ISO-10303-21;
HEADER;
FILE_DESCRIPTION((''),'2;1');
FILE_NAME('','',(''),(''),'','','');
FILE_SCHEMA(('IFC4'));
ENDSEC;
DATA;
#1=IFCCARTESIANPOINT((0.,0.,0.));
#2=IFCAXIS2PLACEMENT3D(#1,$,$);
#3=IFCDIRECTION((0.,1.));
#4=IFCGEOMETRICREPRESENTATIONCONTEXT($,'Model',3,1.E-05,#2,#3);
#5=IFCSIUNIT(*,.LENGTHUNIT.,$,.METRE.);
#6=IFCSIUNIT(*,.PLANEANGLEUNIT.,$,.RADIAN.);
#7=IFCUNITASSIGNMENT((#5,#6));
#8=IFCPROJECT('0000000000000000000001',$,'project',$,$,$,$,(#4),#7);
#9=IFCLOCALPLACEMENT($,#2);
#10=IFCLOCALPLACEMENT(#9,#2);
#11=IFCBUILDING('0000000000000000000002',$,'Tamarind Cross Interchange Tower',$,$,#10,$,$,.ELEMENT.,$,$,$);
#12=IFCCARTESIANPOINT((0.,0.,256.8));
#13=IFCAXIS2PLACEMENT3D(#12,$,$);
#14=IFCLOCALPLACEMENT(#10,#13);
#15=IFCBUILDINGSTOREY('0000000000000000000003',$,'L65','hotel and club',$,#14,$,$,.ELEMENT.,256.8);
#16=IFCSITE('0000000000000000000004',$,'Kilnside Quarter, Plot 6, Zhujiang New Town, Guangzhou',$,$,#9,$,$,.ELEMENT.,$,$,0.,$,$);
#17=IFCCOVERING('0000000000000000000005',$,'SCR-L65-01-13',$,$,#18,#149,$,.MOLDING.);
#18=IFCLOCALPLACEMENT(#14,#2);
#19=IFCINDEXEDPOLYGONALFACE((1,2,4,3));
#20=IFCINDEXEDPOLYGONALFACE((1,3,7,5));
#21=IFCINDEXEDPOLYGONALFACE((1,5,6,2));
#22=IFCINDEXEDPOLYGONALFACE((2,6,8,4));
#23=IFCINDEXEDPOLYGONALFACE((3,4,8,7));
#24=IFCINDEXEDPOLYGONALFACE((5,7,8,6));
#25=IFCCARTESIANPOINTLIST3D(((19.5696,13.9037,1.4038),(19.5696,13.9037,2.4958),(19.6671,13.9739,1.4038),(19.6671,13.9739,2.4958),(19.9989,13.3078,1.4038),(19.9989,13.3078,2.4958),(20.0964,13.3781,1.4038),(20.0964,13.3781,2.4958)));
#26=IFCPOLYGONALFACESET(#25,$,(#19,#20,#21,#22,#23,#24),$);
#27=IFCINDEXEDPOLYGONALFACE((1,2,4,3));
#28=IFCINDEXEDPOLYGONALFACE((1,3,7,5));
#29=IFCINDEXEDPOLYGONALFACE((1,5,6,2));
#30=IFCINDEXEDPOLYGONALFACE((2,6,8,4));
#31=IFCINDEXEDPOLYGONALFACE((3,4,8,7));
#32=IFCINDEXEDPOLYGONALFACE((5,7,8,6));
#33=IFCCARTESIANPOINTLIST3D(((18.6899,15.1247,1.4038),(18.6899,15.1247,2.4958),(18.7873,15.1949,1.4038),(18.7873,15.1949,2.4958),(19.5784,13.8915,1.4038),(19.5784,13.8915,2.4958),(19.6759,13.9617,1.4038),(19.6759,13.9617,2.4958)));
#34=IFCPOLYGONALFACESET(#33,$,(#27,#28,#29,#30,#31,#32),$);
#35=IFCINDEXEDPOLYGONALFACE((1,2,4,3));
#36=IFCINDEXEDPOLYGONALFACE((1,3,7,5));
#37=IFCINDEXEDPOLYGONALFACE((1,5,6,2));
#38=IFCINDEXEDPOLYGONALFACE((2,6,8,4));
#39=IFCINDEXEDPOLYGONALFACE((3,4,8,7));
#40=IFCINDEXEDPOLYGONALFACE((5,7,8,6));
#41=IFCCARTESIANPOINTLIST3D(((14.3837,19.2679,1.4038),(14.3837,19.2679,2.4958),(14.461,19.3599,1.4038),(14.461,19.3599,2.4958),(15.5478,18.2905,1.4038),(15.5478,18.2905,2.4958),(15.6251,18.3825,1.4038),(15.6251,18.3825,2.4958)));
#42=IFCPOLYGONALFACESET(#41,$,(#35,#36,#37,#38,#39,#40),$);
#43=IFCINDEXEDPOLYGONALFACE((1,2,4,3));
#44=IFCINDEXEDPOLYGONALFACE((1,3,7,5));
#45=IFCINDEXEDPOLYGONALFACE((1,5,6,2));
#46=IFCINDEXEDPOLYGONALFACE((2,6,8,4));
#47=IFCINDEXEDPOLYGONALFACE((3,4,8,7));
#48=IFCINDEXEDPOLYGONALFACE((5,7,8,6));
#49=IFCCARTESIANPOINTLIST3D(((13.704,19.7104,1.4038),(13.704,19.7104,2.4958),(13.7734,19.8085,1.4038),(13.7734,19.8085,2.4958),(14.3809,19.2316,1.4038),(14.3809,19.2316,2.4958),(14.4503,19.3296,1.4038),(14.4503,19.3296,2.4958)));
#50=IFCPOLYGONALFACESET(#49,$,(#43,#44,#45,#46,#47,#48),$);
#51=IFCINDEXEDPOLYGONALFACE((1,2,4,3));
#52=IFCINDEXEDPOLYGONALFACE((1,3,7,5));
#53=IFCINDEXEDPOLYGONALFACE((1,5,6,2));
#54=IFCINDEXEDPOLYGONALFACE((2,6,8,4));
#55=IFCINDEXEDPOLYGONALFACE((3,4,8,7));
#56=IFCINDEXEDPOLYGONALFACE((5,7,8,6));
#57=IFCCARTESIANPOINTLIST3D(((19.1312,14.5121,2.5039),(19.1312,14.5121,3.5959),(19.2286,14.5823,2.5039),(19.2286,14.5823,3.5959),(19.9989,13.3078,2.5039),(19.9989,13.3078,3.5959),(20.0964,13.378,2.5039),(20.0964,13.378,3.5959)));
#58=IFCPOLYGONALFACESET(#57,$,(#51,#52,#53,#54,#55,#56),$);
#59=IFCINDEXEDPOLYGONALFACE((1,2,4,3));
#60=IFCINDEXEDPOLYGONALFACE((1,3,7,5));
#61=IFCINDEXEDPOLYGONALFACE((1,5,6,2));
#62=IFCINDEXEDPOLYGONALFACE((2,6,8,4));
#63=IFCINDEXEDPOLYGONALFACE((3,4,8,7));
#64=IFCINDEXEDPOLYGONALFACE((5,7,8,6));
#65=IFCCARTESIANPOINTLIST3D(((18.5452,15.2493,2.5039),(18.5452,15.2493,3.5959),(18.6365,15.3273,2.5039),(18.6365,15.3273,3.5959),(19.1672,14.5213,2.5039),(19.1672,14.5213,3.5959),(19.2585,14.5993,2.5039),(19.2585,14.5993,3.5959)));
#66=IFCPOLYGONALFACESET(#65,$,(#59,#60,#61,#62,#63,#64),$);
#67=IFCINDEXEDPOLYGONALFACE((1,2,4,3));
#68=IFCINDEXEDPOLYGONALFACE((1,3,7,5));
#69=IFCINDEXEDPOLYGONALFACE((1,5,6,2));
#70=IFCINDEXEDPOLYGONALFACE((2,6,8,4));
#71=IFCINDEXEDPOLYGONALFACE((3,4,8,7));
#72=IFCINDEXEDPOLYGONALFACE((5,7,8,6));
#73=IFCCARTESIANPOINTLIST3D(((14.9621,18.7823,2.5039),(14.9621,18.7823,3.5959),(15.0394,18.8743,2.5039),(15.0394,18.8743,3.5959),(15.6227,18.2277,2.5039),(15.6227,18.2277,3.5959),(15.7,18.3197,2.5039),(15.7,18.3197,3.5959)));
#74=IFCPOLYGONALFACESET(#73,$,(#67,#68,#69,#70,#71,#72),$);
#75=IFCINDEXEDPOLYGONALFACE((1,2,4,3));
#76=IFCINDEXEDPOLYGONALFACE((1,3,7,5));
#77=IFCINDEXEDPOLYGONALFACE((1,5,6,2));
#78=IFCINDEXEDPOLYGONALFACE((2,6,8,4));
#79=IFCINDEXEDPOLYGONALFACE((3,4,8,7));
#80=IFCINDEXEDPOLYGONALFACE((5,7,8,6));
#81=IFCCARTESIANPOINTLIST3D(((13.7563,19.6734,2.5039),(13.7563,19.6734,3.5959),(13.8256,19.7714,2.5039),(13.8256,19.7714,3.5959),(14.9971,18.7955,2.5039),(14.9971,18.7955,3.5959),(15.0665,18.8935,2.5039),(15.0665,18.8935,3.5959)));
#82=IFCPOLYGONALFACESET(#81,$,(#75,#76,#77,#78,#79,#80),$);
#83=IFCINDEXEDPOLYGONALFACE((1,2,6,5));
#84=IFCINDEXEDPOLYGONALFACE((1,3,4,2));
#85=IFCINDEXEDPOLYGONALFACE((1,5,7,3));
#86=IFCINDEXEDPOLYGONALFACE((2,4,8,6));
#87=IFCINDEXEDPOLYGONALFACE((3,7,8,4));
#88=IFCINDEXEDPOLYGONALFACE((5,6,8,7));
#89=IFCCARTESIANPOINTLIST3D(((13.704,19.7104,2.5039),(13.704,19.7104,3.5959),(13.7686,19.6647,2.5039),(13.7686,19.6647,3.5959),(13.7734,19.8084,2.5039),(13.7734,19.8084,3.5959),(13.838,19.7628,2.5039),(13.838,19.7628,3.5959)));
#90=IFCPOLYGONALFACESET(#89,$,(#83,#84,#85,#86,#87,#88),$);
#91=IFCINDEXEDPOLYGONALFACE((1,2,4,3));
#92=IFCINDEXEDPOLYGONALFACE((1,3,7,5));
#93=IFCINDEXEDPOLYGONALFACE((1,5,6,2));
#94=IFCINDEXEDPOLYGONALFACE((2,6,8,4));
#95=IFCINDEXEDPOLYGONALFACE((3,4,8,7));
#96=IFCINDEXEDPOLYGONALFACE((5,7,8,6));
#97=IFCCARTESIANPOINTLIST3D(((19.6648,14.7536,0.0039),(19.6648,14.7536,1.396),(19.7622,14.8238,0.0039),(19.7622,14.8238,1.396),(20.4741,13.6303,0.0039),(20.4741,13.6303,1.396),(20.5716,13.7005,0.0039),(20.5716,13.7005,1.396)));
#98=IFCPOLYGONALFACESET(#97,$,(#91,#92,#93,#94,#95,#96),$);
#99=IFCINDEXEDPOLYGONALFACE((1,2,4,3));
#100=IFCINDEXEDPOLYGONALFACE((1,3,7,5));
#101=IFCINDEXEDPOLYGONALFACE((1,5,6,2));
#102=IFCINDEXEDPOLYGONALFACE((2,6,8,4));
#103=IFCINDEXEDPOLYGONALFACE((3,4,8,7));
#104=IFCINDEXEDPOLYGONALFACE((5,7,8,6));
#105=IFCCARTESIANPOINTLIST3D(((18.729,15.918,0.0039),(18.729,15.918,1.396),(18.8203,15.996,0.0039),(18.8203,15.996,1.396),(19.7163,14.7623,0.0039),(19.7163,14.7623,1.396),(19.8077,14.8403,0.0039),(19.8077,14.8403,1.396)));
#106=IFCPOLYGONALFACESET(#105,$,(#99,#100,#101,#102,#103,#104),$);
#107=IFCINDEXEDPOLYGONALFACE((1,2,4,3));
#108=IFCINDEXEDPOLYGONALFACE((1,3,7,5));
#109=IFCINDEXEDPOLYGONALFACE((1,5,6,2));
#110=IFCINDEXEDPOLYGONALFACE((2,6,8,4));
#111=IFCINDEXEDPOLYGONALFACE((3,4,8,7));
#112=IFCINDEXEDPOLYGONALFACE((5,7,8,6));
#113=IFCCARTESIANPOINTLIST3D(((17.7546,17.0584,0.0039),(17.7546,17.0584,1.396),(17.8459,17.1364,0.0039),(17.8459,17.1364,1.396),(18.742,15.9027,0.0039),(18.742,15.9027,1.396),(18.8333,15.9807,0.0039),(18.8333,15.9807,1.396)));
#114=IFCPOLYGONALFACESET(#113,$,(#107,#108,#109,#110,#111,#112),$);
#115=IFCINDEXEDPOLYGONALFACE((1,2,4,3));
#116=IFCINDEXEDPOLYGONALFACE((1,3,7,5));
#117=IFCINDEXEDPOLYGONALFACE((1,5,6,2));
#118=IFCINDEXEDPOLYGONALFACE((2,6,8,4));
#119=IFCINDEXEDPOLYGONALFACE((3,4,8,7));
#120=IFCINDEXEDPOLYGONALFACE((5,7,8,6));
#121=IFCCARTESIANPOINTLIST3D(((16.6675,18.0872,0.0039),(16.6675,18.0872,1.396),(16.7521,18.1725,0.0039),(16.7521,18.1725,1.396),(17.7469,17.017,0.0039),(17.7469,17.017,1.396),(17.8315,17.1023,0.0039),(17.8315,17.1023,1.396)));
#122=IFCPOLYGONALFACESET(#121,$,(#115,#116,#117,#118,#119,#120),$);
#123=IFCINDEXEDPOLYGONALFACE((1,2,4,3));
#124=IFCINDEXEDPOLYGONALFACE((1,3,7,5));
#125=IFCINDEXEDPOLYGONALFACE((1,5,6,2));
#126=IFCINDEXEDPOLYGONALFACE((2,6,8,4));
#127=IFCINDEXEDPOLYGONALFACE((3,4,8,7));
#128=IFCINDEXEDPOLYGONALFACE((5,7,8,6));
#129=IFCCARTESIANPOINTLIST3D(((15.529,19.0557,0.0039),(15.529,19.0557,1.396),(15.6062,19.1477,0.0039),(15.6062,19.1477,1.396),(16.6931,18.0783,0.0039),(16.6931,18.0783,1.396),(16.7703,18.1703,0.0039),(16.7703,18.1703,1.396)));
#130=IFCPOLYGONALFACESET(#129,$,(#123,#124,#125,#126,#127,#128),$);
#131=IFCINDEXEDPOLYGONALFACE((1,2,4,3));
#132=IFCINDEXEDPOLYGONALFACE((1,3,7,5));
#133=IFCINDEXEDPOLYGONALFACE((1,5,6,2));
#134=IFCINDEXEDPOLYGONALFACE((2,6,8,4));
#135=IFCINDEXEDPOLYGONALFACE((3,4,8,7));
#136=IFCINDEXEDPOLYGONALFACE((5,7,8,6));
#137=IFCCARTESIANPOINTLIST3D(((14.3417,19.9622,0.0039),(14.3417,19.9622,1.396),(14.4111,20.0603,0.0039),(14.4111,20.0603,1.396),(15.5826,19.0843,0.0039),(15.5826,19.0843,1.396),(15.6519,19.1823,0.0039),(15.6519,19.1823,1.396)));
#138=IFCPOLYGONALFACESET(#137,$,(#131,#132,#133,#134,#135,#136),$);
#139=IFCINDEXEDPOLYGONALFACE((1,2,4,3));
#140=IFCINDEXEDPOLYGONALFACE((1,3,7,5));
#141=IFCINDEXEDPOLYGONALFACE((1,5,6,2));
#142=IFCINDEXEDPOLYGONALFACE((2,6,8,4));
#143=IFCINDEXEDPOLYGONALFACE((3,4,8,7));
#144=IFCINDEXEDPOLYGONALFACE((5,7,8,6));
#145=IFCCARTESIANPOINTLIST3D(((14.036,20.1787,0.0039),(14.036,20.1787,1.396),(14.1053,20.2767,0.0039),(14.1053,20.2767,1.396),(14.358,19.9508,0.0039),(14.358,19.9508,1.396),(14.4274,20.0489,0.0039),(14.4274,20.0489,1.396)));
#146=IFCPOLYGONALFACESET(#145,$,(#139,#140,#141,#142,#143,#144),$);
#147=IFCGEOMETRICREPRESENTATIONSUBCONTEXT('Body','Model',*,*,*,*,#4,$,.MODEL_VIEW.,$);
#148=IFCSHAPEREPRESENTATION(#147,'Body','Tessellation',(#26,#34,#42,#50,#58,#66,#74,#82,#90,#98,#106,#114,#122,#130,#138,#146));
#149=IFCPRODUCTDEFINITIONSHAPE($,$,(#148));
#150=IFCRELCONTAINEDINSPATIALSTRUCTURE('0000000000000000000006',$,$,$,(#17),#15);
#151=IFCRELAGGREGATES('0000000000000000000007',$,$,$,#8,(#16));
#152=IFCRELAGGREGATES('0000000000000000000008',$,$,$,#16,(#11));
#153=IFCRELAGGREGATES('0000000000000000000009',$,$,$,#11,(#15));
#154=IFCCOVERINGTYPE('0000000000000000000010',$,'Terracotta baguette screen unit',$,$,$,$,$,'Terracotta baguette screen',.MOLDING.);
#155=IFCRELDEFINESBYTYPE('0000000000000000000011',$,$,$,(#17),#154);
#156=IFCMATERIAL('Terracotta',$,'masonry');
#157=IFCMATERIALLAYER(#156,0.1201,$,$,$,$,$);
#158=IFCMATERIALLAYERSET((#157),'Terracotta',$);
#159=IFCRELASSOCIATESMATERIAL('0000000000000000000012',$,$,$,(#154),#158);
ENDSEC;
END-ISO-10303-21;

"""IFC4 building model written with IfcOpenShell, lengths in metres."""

from ifc_helpers import new_model, si_unit, direction, frame, origin, origin_2d, place, context, subcontext, project, spatial, rectangle, extrude, material, layer, layer_set, type_object, element, save


model = new_model("IFC4")

# Units and contexts
model_context = context("Model", 3, precision=1e-05, world=origin(), true_north=direction((0.0, 1.0)))
body_context = subcontext(model_context, "Body", "Model", "MODEL_VIEW")
ifc_project = project(units=[si_unit("LENGTHUNIT", "METRE"), si_unit("PLANEANGLEUNIT", "RADIAN")], contexts=[model_context])

# Site, building, storey
site_placement = place(None, origin())
site = spatial("IfcSite", under=ifc_project, at=site_placement, Name="Kilnside Quarter, Plot 6, Zhujiang New Town, Guangzhou", CompositionType="ELEMENT", RefElevation=0.0)
building_placement = place(site_placement, origin())
building = spatial("IfcBuilding", under=site, at=building_placement, Name="Tamarind Cross Interchange Tower", CompositionType="ELEMENT")
storey_placement = place(building_placement, frame((0.0, 0.0, 256.8)))
storey = spatial("IfcBuildingStorey", under=building, at=storey_placement, Name="L65", Description="hotel and club", CompositionType="ELEMENT", Elevation=256.8)

# Covering
ifc_material_1 = material(Name="Terracotta", Category="masonry")
ifc_layer_1 = layer(ifc_material_1, 0.1201)
ifc_layer_set_1 = layer_set([ifc_layer_1], Name="Terracotta")
covering_type = type_object("IfcCoveringType", Name="Terracotta baguette screen unit", ElementType="Terracotta baguette screen", PredefinedType="MOLDING", material=ifc_layer_set_1)
covering_1_placement = place(storey_placement, origin())
element("IfcCovering", 1, at=covering_1_placement, inside=storey, type_object=covering_type, Name="SCR-L65-01-13", PredefinedType="MOLDING", context=body_context, shape_type="SweptSolid", body=[
    extrude(rectangle(XDim=0.7344, YDim=0.1201, at=origin_2d()), frame((19.833, 13.6409, 1.4038), z_axis=(0.0, 0.0, 1.0), x_axis=(-0.584574, 0.81134, 0.0)), (0.0, 0.0, 1.0), 1.092),
    extrude(rectangle(XDim=1.52, YDim=0.1201, at=origin_2d()), frame((19.1829, 14.5432, 1.4038), z_axis=(0.0, 0.0, 1.0), x_axis=(-0.584574, 0.81134, 0.0)), (0.0, 0.0, 1.0), 1.092),
    extrude(rectangle(XDim=1.52, YDim=0.1201, at=origin_2d()), frame((15.0044, 18.8252, 1.4038), z_axis=(0.0, 0.0, 1.0), x_axis=(-0.765858, 0.643009, 0.0)), (0.0, 0.0, 1.0), 1.092),
    extrude(rectangle(XDim=0.8291, YDim=0.1201, at=origin_2d()), frame((14.0771, 19.52, 1.4038), z_axis=(0.0, 0.0, 1.0), x_axis=(-0.816342, 0.577569, 0.0)), (0.0, 0.0, 1.0), 1.092),
    extrude(rectangle(XDim=1.4844, YDim=0.1201, at=origin_2d()), frame((19.6138, 13.9451, 2.5039), z_axis=(0.0, 0.0, 1.0), x_axis=(-0.584574, 0.81134, 0.0)), (0.0, 0.0, 1.0), 1.092),
    extrude(rectangle(XDim=0.9575, YDim=0.1201, at=origin_2d()), frame((18.9019, 14.9243, 2.5039), z_axis=(0.0, 0.0, 1.0), x_axis=(-0.649577, 0.760296, 0.0)), (0.0, 0.0, 1.0), 1.092),
    extrude(rectangle(XDim=0.8625, YDim=0.1201, at=origin_2d()), frame((15.3311, 18.551, 2.5039), z_axis=(0.0, 0.0, 1.0), x_axis=(-0.765858, 0.643009, 0.0)), (0.0, 0.0, 1.0), 1.092),
    extrude(rectangle(XDim=1.52, YDim=0.1201, at=origin_2d()), frame((14.4114, 19.2834, 2.5039), z_axis=(0.0, 0.0, 1.0), x_axis=(-0.816342, 0.577569, 0.0)), (0.0, 0.0, 1.0), 1.092),
    extrude(rectangle(XDim=0.0791, YDim=0.1201, at=origin_2d()), frame((13.771, 19.7366, 2.5039), z_axis=(0.0, 0.0, 1.0), x_axis=(-0.816342, 0.577569, 0.0)), (0.0, 0.0, 1.0), 1.092),
    extrude(rectangle(XDim=1.3845, YDim=0.1201, at=origin_2d()), frame((20.1182, 14.2271, 0.0039), z_axis=(0.0, 0.0, 1.0), x_axis=(-0.584574, 0.81134, 0.0)), (0.0, 0.0, 1.0), 1.3921),
    extrude(rectangle(XDim=1.52, YDim=0.1201, at=origin_2d()), frame((19.2683, 15.3792, 0.0039), z_axis=(0.0, 0.0, 1.0), x_axis=(-0.649577, 0.760296, 0.0)), (0.0, 0.0, 1.0), 1.3921),
    extrude(rectangle(XDim=1.52, YDim=0.1201, at=origin_2d()), frame((18.2939, 16.5195, 0.0039), z_axis=(0.0, 0.0, 1.0), x_axis=(-0.649577, 0.760296, 0.0)), (0.0, 0.0, 1.0), 1.3921),
    extrude(rectangle(XDim=1.52, YDim=0.1201, at=origin_2d()), frame((17.2495, 17.5947, 0.0039), z_axis=(0.0, 0.0, 1.0), x_axis=(-0.710143, 0.704057, 0.0)), (0.0, 0.0, 1.0), 1.3921),
    extrude(rectangle(XDim=1.52, YDim=0.1201, at=origin_2d()), frame((16.1497, 18.613, 0.0039), z_axis=(0.0, 0.0, 1.0), x_axis=(-0.765858, 0.643009, 0.0)), (0.0, 0.0, 1.0), 1.3921),
    extrude(rectangle(XDim=1.52, YDim=0.1201, at=origin_2d()), frame((14.9968, 19.5723, 0.0039), z_axis=(0.0, 0.0, 1.0), x_axis=(-0.816342, 0.577569, 0.0)), (0.0, 0.0, 1.0), 1.3921),
    extrude(rectangle(XDim=0.3945, YDim=0.1201, at=origin_2d()), frame((14.2317, 20.1138, 0.0039), z_axis=(0.0, 0.0, 1.0), x_axis=(-0.816342, 0.577569, 0.0)), (0.0, 0.0, 1.0), 1.3921),
])

save(model, "model.ifc")
